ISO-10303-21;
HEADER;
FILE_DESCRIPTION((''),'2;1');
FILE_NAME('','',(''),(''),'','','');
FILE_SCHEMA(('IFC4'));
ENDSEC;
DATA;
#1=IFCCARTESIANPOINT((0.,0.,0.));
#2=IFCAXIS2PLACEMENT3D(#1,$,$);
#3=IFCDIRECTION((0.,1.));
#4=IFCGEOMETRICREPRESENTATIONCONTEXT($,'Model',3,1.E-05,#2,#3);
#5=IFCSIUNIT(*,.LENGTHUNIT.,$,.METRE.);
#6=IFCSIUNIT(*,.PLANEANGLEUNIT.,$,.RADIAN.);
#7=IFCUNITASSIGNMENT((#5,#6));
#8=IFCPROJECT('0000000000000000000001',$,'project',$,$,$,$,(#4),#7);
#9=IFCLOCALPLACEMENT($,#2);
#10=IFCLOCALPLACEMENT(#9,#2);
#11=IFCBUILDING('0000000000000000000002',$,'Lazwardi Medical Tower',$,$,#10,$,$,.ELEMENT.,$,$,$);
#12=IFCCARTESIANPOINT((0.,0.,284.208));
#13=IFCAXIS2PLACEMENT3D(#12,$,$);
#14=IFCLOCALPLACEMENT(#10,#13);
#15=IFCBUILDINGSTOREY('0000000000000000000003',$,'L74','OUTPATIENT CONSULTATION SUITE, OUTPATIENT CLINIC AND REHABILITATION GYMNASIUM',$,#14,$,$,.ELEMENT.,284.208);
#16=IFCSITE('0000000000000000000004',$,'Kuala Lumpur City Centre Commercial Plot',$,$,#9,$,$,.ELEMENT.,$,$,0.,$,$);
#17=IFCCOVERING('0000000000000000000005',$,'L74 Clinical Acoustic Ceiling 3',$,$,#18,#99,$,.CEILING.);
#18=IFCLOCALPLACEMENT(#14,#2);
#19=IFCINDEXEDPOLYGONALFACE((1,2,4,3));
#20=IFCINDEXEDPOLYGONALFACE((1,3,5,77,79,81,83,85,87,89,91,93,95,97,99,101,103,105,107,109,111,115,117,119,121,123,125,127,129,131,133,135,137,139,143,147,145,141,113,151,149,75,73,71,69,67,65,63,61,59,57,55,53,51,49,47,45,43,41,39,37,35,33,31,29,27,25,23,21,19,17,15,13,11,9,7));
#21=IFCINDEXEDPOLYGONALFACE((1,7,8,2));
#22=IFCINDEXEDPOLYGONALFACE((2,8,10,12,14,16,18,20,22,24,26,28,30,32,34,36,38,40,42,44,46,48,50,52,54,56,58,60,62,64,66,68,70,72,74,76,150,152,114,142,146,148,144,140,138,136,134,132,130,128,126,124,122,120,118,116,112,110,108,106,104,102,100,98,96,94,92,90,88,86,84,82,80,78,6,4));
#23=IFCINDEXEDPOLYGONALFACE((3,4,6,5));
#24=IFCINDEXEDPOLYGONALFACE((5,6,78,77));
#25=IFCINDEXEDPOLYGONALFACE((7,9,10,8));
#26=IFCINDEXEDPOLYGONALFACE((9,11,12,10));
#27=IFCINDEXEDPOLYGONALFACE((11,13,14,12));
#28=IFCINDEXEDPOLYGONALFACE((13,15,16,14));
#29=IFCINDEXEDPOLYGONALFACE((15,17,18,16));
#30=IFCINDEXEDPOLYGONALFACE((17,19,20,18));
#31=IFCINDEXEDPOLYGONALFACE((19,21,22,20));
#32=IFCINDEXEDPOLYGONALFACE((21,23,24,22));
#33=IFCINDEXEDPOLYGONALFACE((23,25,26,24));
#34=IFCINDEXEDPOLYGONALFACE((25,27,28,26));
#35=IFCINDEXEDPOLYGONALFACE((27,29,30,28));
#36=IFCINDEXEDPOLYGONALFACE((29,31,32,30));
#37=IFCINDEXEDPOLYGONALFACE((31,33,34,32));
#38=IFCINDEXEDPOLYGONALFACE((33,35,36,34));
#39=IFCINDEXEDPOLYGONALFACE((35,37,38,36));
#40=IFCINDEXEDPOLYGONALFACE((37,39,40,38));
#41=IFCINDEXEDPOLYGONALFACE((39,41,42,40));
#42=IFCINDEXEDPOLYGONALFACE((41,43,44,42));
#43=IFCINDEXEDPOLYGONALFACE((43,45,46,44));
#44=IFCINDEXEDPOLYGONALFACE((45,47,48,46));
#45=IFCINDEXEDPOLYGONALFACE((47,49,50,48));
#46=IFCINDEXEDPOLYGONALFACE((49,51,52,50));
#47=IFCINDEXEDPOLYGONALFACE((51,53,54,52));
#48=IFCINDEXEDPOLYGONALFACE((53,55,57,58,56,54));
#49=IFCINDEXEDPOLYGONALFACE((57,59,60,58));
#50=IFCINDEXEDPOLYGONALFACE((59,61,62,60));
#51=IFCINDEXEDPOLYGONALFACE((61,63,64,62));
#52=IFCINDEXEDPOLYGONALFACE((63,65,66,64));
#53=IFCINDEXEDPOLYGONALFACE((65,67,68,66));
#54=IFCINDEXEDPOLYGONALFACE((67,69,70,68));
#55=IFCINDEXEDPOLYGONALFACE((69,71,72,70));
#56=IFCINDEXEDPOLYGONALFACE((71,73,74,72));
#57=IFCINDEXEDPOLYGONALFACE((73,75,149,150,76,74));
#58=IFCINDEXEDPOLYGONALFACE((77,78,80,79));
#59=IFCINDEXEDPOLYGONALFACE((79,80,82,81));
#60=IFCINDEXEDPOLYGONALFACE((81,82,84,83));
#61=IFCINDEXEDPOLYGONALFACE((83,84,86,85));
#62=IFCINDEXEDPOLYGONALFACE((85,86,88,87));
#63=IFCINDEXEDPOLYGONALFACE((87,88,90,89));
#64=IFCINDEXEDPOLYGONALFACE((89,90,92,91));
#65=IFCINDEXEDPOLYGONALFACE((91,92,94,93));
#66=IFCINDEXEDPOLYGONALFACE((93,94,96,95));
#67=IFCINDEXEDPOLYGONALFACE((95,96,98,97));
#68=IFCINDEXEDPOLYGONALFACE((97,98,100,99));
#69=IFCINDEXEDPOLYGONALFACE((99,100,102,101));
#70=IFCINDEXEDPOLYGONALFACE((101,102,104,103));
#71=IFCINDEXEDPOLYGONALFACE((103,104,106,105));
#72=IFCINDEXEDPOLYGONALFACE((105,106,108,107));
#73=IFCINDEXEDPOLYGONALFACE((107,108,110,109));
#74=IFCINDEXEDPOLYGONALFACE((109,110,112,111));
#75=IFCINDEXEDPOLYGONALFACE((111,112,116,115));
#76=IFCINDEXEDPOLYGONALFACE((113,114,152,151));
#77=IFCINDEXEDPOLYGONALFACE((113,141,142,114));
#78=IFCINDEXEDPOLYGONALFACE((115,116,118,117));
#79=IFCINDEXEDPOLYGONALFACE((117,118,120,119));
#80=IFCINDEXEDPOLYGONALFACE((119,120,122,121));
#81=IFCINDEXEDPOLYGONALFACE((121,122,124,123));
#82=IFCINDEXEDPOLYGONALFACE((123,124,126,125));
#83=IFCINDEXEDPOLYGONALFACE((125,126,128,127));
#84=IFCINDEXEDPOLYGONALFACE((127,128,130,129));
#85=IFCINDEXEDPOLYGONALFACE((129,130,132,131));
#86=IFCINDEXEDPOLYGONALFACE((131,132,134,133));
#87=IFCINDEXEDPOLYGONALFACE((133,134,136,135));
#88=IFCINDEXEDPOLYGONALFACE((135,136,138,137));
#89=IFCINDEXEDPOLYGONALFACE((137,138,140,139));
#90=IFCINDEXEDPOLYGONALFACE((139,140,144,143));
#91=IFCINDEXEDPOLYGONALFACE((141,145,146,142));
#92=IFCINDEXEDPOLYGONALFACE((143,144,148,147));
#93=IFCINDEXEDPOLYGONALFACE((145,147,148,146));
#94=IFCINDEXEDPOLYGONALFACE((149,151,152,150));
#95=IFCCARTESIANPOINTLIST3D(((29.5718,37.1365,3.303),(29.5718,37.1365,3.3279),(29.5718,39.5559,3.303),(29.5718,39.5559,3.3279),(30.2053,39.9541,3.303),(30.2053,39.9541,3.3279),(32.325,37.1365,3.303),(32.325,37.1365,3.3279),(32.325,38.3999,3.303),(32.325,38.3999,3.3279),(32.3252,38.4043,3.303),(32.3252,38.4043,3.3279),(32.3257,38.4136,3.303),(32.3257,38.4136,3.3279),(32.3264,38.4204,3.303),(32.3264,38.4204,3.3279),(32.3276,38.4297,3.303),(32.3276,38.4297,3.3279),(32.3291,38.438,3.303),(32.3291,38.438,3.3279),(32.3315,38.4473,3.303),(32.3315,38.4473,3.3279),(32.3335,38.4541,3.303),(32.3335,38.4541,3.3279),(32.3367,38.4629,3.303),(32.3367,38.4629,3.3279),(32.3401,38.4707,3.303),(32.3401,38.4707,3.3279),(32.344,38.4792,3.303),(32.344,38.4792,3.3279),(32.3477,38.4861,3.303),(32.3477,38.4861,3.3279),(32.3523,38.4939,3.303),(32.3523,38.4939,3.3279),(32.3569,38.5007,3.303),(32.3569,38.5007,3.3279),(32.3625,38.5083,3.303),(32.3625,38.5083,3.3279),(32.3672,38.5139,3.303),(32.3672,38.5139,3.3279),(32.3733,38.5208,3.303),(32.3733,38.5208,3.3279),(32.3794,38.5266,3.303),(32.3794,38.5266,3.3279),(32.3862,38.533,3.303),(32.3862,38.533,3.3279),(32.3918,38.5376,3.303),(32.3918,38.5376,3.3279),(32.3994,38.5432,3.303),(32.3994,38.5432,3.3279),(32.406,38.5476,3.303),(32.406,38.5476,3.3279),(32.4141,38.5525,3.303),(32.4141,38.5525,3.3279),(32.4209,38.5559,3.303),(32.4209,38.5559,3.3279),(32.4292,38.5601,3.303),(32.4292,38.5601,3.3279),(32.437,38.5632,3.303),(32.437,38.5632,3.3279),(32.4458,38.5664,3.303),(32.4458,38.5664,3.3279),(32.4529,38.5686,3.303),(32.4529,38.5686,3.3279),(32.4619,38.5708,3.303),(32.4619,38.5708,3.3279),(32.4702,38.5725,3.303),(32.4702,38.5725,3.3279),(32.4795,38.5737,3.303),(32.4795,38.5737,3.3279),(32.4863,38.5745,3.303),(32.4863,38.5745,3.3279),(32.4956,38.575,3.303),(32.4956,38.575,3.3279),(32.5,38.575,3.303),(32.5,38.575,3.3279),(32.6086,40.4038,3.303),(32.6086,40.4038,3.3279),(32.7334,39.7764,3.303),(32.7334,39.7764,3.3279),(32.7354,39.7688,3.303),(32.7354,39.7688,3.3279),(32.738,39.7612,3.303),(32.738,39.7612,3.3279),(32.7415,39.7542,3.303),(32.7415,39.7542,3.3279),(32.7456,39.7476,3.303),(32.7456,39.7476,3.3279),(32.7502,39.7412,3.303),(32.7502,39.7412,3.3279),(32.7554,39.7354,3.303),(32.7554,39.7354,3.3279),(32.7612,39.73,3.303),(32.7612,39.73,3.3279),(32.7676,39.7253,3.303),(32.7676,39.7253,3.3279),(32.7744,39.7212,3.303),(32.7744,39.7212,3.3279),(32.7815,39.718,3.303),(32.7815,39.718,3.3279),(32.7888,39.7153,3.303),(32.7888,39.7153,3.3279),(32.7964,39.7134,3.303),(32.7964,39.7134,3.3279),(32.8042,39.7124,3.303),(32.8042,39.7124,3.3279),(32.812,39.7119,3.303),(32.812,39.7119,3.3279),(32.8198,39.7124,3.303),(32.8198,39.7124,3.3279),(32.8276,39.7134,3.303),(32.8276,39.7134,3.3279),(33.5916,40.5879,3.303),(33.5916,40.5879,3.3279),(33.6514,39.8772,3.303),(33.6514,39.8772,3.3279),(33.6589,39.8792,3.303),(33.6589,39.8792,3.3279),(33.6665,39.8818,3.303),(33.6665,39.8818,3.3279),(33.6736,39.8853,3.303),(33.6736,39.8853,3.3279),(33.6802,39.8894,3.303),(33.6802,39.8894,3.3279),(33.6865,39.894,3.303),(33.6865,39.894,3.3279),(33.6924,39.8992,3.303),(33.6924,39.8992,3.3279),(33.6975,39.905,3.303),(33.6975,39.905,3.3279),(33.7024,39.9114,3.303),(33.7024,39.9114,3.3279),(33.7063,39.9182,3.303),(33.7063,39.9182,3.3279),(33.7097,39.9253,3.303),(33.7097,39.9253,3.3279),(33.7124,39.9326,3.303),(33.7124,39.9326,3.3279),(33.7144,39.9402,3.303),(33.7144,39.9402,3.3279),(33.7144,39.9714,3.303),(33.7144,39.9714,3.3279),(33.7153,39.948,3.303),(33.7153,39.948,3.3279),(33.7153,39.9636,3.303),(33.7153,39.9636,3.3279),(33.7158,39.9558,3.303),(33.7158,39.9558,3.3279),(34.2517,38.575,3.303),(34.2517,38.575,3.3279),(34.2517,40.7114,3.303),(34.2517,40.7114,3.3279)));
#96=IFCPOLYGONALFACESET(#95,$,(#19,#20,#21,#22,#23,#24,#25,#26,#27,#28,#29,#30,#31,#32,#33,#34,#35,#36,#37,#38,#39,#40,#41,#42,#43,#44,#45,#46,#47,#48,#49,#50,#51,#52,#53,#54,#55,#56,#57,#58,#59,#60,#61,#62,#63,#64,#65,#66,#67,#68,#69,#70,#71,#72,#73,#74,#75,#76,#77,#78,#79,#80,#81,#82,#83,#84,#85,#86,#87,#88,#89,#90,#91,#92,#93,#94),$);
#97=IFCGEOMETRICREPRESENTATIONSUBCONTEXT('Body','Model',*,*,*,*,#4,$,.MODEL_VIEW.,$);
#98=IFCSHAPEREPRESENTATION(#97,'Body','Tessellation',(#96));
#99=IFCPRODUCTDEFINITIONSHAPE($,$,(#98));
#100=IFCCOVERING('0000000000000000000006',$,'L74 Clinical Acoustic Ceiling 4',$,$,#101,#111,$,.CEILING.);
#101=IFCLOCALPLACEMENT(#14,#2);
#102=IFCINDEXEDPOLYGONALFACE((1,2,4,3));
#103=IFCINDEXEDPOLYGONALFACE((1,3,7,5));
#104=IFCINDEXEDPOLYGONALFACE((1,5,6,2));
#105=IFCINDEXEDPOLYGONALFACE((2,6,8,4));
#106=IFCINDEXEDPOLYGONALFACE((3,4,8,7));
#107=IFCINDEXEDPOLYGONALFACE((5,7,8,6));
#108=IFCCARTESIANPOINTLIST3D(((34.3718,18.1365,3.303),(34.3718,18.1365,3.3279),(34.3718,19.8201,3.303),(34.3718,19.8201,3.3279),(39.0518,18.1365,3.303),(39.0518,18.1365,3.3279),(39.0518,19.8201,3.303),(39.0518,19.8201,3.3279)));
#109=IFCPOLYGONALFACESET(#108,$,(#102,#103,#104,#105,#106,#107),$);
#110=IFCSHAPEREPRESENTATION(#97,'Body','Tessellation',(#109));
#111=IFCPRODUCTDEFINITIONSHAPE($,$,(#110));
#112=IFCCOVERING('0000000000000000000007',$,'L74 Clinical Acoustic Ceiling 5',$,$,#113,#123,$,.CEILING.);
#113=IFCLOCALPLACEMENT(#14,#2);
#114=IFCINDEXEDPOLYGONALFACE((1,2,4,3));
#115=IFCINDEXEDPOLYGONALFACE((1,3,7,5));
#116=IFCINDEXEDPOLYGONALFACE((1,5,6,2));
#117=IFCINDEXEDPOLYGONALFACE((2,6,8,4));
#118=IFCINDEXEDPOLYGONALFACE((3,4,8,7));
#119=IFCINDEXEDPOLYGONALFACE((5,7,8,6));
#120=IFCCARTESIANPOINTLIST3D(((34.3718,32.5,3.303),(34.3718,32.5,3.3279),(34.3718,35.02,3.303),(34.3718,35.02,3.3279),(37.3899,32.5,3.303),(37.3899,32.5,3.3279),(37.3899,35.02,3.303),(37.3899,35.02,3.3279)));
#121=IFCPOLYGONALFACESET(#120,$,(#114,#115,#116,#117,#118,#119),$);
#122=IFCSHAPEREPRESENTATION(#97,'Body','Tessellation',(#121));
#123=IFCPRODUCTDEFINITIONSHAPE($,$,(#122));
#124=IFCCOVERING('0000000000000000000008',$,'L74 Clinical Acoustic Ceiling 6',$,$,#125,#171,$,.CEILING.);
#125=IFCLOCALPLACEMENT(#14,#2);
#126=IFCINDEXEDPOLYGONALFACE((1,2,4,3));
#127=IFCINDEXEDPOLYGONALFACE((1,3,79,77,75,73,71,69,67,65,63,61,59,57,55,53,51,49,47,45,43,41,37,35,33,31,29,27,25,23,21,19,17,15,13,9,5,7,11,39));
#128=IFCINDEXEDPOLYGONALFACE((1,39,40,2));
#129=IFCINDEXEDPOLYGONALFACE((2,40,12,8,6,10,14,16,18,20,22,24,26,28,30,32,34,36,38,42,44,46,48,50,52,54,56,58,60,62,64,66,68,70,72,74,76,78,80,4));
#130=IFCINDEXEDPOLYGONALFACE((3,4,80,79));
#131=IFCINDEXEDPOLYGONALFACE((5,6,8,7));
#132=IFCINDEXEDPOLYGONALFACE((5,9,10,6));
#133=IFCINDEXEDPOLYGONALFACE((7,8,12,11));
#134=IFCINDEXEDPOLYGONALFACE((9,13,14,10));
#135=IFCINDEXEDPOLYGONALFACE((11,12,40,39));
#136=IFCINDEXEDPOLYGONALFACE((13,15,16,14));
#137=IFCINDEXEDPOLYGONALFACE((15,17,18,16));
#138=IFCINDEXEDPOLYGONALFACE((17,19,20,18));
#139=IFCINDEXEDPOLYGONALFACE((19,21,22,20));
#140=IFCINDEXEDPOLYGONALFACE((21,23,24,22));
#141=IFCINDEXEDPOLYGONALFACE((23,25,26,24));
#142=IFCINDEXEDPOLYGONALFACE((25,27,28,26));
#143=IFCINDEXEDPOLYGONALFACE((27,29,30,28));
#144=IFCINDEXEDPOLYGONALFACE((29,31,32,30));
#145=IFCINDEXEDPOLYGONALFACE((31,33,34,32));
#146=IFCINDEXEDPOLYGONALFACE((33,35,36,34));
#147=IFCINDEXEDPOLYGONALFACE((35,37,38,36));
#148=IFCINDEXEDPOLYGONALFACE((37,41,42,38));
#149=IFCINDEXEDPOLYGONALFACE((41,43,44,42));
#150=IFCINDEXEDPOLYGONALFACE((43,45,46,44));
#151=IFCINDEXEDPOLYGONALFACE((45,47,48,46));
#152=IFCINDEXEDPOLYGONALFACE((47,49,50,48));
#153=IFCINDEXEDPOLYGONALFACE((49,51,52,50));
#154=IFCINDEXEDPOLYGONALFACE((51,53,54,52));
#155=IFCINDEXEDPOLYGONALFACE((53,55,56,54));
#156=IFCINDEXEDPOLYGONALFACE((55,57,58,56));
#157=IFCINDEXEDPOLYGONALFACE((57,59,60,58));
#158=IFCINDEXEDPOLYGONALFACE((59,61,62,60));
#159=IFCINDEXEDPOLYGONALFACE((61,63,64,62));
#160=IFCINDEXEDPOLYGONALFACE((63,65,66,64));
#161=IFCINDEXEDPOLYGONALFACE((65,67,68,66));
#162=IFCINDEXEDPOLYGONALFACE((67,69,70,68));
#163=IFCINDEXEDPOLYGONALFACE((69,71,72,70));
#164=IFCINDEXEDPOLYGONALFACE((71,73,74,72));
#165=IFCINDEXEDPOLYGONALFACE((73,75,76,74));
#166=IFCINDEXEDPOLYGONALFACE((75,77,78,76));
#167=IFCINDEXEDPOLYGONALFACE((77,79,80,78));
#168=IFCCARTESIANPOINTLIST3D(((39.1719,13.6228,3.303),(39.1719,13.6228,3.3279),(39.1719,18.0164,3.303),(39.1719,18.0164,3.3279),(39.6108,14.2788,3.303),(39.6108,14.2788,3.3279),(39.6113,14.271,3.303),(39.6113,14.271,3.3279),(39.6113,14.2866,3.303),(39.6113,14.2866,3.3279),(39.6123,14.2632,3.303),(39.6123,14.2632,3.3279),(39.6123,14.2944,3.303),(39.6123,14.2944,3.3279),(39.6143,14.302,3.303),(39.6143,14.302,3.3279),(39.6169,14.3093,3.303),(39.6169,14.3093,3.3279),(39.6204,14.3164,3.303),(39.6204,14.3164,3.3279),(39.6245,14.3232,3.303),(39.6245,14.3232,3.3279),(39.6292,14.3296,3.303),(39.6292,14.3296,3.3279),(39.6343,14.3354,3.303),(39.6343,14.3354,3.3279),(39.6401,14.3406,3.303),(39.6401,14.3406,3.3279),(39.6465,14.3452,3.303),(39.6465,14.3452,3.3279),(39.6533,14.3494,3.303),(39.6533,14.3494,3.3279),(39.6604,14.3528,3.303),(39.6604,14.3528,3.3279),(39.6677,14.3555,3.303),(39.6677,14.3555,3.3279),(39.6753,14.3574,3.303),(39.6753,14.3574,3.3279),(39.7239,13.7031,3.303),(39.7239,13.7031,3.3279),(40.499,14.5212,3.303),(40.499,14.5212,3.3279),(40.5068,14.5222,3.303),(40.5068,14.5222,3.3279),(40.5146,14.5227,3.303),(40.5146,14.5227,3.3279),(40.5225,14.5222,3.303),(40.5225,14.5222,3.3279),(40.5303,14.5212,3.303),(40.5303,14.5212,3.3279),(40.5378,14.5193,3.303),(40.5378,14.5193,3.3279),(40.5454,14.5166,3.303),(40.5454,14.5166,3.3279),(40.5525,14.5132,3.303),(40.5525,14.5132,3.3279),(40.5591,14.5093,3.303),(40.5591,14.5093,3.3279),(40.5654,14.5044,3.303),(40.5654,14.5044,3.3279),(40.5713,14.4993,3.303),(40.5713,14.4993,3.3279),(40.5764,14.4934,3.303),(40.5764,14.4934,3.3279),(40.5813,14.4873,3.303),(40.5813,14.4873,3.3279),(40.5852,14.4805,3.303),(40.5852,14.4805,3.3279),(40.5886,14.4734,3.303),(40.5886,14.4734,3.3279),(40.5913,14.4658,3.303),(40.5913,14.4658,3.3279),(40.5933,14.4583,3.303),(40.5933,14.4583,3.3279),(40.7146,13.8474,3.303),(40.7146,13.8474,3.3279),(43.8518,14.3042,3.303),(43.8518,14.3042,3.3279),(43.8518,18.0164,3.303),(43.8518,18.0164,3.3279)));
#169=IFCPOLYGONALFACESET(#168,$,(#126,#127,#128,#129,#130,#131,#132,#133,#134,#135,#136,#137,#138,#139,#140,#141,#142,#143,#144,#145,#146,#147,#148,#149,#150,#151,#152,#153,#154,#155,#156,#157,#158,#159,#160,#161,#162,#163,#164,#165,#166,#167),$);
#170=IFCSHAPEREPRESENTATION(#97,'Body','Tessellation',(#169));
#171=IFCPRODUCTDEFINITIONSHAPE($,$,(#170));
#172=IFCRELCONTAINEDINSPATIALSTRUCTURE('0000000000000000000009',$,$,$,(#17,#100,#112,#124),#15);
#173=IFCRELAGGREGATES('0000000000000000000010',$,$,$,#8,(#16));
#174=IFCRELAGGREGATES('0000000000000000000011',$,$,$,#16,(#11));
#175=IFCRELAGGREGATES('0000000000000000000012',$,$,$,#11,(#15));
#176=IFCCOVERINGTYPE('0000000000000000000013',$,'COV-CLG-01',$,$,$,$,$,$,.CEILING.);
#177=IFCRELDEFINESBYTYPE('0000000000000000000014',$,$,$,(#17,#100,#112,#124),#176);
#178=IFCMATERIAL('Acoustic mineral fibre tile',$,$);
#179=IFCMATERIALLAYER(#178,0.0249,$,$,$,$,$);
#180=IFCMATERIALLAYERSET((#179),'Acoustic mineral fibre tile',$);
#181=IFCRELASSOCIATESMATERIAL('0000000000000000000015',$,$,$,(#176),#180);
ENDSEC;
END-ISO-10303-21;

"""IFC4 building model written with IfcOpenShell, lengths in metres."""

from ifc_helpers import new_model, si_unit, direction, frame, origin, place, context, subcontext, project, spatial, polyline, outline, extrude, material, layer, layer_set, type_object, element, save


model = new_model("IFC4")

# Units and contexts
model_context = context("Model", 3, precision=1e-05, world=origin(), true_north=direction((0.0, 1.0)))
body_context = subcontext(model_context, "Body", "Model", "MODEL_VIEW")
ifc_project = project(units=[si_unit("LENGTHUNIT", "METRE"), si_unit("PLANEANGLEUNIT", "RADIAN")], contexts=[model_context])

# Site, building, storey
site_placement = place(None, origin())
site = spatial("IfcSite", under=ifc_project, at=site_placement, Name="Kuala Lumpur City Centre Commercial Plot", CompositionType="ELEMENT", RefElevation=0.0)
building_placement = place(site_placement, origin())
building = spatial("IfcBuilding", under=site, at=building_placement, Name="Lazwardi Medical Tower", CompositionType="ELEMENT")
storey_placement = place(building_placement, frame((0.0, 0.0, 284.208)))
storey = spatial("IfcBuildingStorey", under=building, at=storey_placement, Name="L74", Description="OUTPATIENT CONSULTATION SUITE, OUTPATIENT CLINIC AND REHABILITATION GYMNASIUM", CompositionType="ELEMENT", Elevation=284.208)

# Coverings
ifc_material_1 = material(Name="Acoustic mineral fibre tile")
ifc_layer_1 = layer(ifc_material_1, 0.0249)
ifc_layer_set_1 = layer_set([ifc_layer_1], Name="Acoustic mineral fibre tile")
covering_type_1 = type_object("IfcCoveringType", Name="COV-CLG-01", PredefinedType="CEILING", material=ifc_layer_set_1)
covering_1_placement = place(storey_placement, frame((0.0, 0.0, 3.303)))
element("IfcCovering", 1, at=covering_1_placement, inside=storey, type_object=covering_type_1, Name="L74 Clinical Acoustic Ceiling 3", PredefinedType="CEILING", context=body_context, shape_type="SweptSolid", body=[
    extrude(outline(polyline([(34.2517, 40.7114), (33.5916, 40.5879), (33.7144, 39.9714), (33.7153, 39.9636), (33.7158, 39.9558), (33.7153, 39.948), (33.7144, 39.9402), (33.7124, 39.9326), (33.7097, 39.9253), (33.7063, 39.9182), (33.7024, 39.9114), (33.6975, 39.905), (33.6924, 39.8992), (33.6865, 39.894), (33.6802, 39.8894), (33.6736, 39.8853), (33.6665, 39.8818), (33.6589, 39.8792), (33.6514, 39.8772), (32.8276, 39.7134), (32.8198, 39.7124), (32.812, 39.7119), (32.8042, 39.7124), (32.7964, 39.7134), (32.7888, 39.7153), (32.7815, 39.718), (32.7744, 39.7212), (32.7676, 39.7253), (32.7612, 39.73), (32.7554, 39.7354), (32.7502, 39.7412), (32.7456, 39.7476), (32.7415, 39.7542), (32.738, 39.7612), (32.7354, 39.7688), (32.7334, 39.7764), (32.6086, 40.4038), (30.2053, 39.9541), (29.5718, 39.5559), (29.5718, 37.1365), (32.325, 37.1365), (32.325, 38.3999), (32.3252, 38.4043), (32.3257, 38.4136), (32.3264, 38.4204), (32.3276, 38.4297), (32.3291, 38.438), (32.3315, 38.4473), (32.3335, 38.4541), (32.3367, 38.4629), (32.3401, 38.4707), (32.344, 38.4792), (32.3477, 38.4861), (32.3523, 38.4939), (32.3569, 38.5007), (32.3625, 38.5083), (32.3672, 38.5139), (32.3733, 38.5208), (32.3794, 38.5266), (32.3862, 38.533), (32.3918, 38.5376), (32.3994, 38.5432), (32.406, 38.5476), (32.4141, 38.5525), (32.4209, 38.5559), (32.4292, 38.5601), (32.437, 38.5632), (32.4458, 38.5664), (32.4529, 38.5686), (32.4619, 38.5708), (32.4702, 38.5725), (32.4795, 38.5737), (32.4863, 38.5745), (32.4956, 38.575), (32.5, 38.575), (34.2517, 38.575), (34.2517, 40.7114)])), origin(), (0.0, 0.0, 1.0), 0.0249),
])
covering_2_placement = place(storey_placement, frame((0.0, 0.0, 3.303)))
element("IfcCovering", 2, at=covering_2_placement, inside=storey, type_object=covering_type_1, Name="L74 Clinical Acoustic Ceiling 4", PredefinedType="CEILING", context=body_context, shape_type="SweptSolid", body=[
    extrude(outline(polyline([(39.0518, 19.8201), (34.3718, 19.8201), (34.3718, 18.1365), (39.0518, 18.1365), (39.0518, 19.8201)])), origin(), (0.0, 0.0, 1.0), 0.0249),
])
covering_3_placement = place(storey_placement, frame((0.0, 0.0, 3.303)))
element("IfcCovering", 3, at=covering_3_placement, inside=storey, type_object=covering_type_1, Name="L74 Clinical Acoustic Ceiling 5", PredefinedType="CEILING", context=body_context, shape_type="SweptSolid", body=[
    extrude(outline(polyline([(34.3718, 32.5), (37.3899, 32.5), (37.3899, 35.02), (34.3718, 35.02), (34.3718, 32.5)])), origin(), (0.0, 0.0, 1.0), 0.0249),
])
covering_4_placement = place(storey_placement, frame((0.0, 0.0, 3.303)))
element("IfcCovering", 4, at=covering_4_placement, inside=storey, type_object=covering_type_1, Name="L74 Clinical Acoustic Ceiling 6", PredefinedType="CEILING", context=body_context, shape_type="SweptSolid", body=[
    extrude(outline(polyline([(39.1719, 13.6228), (39.7239, 13.7031), (39.6123, 14.2632), (39.6113, 14.271), (39.6108, 14.2788), (39.6113, 14.2866), (39.6123, 14.2944), (39.6143, 14.302), (39.6169, 14.3093), (39.6204, 14.3164), (39.6245, 14.3232), (39.6292, 14.3296), (39.6343, 14.3354), (39.6401, 14.3406), (39.6465, 14.3452), (39.6533, 14.3494), (39.6604, 14.3528), (39.6677, 14.3555), (39.6753, 14.3574), (40.499, 14.5212), (40.5068, 14.5222), (40.5146, 14.5227), (40.5225, 14.5222), (40.5303, 14.5212), (40.5378, 14.5193), (40.5454, 14.5166), (40.5525, 14.5132), (40.5591, 14.5093), (40.5654, 14.5044), (40.5713, 14.4993), (40.5764, 14.4934), (40.5813, 14.4873), (40.5852, 14.4805), (40.5886, 14.4734), (40.5913, 14.4658), (40.5933, 14.4583), (40.7146, 13.8474), (43.8518, 14.3042), (43.8518, 18.0164), (39.1719, 18.0164), (39.1719, 13.6228)])), origin(), (0.0, 0.0, 1.0), 0.0249),
])

save(model, "model.ifc")
